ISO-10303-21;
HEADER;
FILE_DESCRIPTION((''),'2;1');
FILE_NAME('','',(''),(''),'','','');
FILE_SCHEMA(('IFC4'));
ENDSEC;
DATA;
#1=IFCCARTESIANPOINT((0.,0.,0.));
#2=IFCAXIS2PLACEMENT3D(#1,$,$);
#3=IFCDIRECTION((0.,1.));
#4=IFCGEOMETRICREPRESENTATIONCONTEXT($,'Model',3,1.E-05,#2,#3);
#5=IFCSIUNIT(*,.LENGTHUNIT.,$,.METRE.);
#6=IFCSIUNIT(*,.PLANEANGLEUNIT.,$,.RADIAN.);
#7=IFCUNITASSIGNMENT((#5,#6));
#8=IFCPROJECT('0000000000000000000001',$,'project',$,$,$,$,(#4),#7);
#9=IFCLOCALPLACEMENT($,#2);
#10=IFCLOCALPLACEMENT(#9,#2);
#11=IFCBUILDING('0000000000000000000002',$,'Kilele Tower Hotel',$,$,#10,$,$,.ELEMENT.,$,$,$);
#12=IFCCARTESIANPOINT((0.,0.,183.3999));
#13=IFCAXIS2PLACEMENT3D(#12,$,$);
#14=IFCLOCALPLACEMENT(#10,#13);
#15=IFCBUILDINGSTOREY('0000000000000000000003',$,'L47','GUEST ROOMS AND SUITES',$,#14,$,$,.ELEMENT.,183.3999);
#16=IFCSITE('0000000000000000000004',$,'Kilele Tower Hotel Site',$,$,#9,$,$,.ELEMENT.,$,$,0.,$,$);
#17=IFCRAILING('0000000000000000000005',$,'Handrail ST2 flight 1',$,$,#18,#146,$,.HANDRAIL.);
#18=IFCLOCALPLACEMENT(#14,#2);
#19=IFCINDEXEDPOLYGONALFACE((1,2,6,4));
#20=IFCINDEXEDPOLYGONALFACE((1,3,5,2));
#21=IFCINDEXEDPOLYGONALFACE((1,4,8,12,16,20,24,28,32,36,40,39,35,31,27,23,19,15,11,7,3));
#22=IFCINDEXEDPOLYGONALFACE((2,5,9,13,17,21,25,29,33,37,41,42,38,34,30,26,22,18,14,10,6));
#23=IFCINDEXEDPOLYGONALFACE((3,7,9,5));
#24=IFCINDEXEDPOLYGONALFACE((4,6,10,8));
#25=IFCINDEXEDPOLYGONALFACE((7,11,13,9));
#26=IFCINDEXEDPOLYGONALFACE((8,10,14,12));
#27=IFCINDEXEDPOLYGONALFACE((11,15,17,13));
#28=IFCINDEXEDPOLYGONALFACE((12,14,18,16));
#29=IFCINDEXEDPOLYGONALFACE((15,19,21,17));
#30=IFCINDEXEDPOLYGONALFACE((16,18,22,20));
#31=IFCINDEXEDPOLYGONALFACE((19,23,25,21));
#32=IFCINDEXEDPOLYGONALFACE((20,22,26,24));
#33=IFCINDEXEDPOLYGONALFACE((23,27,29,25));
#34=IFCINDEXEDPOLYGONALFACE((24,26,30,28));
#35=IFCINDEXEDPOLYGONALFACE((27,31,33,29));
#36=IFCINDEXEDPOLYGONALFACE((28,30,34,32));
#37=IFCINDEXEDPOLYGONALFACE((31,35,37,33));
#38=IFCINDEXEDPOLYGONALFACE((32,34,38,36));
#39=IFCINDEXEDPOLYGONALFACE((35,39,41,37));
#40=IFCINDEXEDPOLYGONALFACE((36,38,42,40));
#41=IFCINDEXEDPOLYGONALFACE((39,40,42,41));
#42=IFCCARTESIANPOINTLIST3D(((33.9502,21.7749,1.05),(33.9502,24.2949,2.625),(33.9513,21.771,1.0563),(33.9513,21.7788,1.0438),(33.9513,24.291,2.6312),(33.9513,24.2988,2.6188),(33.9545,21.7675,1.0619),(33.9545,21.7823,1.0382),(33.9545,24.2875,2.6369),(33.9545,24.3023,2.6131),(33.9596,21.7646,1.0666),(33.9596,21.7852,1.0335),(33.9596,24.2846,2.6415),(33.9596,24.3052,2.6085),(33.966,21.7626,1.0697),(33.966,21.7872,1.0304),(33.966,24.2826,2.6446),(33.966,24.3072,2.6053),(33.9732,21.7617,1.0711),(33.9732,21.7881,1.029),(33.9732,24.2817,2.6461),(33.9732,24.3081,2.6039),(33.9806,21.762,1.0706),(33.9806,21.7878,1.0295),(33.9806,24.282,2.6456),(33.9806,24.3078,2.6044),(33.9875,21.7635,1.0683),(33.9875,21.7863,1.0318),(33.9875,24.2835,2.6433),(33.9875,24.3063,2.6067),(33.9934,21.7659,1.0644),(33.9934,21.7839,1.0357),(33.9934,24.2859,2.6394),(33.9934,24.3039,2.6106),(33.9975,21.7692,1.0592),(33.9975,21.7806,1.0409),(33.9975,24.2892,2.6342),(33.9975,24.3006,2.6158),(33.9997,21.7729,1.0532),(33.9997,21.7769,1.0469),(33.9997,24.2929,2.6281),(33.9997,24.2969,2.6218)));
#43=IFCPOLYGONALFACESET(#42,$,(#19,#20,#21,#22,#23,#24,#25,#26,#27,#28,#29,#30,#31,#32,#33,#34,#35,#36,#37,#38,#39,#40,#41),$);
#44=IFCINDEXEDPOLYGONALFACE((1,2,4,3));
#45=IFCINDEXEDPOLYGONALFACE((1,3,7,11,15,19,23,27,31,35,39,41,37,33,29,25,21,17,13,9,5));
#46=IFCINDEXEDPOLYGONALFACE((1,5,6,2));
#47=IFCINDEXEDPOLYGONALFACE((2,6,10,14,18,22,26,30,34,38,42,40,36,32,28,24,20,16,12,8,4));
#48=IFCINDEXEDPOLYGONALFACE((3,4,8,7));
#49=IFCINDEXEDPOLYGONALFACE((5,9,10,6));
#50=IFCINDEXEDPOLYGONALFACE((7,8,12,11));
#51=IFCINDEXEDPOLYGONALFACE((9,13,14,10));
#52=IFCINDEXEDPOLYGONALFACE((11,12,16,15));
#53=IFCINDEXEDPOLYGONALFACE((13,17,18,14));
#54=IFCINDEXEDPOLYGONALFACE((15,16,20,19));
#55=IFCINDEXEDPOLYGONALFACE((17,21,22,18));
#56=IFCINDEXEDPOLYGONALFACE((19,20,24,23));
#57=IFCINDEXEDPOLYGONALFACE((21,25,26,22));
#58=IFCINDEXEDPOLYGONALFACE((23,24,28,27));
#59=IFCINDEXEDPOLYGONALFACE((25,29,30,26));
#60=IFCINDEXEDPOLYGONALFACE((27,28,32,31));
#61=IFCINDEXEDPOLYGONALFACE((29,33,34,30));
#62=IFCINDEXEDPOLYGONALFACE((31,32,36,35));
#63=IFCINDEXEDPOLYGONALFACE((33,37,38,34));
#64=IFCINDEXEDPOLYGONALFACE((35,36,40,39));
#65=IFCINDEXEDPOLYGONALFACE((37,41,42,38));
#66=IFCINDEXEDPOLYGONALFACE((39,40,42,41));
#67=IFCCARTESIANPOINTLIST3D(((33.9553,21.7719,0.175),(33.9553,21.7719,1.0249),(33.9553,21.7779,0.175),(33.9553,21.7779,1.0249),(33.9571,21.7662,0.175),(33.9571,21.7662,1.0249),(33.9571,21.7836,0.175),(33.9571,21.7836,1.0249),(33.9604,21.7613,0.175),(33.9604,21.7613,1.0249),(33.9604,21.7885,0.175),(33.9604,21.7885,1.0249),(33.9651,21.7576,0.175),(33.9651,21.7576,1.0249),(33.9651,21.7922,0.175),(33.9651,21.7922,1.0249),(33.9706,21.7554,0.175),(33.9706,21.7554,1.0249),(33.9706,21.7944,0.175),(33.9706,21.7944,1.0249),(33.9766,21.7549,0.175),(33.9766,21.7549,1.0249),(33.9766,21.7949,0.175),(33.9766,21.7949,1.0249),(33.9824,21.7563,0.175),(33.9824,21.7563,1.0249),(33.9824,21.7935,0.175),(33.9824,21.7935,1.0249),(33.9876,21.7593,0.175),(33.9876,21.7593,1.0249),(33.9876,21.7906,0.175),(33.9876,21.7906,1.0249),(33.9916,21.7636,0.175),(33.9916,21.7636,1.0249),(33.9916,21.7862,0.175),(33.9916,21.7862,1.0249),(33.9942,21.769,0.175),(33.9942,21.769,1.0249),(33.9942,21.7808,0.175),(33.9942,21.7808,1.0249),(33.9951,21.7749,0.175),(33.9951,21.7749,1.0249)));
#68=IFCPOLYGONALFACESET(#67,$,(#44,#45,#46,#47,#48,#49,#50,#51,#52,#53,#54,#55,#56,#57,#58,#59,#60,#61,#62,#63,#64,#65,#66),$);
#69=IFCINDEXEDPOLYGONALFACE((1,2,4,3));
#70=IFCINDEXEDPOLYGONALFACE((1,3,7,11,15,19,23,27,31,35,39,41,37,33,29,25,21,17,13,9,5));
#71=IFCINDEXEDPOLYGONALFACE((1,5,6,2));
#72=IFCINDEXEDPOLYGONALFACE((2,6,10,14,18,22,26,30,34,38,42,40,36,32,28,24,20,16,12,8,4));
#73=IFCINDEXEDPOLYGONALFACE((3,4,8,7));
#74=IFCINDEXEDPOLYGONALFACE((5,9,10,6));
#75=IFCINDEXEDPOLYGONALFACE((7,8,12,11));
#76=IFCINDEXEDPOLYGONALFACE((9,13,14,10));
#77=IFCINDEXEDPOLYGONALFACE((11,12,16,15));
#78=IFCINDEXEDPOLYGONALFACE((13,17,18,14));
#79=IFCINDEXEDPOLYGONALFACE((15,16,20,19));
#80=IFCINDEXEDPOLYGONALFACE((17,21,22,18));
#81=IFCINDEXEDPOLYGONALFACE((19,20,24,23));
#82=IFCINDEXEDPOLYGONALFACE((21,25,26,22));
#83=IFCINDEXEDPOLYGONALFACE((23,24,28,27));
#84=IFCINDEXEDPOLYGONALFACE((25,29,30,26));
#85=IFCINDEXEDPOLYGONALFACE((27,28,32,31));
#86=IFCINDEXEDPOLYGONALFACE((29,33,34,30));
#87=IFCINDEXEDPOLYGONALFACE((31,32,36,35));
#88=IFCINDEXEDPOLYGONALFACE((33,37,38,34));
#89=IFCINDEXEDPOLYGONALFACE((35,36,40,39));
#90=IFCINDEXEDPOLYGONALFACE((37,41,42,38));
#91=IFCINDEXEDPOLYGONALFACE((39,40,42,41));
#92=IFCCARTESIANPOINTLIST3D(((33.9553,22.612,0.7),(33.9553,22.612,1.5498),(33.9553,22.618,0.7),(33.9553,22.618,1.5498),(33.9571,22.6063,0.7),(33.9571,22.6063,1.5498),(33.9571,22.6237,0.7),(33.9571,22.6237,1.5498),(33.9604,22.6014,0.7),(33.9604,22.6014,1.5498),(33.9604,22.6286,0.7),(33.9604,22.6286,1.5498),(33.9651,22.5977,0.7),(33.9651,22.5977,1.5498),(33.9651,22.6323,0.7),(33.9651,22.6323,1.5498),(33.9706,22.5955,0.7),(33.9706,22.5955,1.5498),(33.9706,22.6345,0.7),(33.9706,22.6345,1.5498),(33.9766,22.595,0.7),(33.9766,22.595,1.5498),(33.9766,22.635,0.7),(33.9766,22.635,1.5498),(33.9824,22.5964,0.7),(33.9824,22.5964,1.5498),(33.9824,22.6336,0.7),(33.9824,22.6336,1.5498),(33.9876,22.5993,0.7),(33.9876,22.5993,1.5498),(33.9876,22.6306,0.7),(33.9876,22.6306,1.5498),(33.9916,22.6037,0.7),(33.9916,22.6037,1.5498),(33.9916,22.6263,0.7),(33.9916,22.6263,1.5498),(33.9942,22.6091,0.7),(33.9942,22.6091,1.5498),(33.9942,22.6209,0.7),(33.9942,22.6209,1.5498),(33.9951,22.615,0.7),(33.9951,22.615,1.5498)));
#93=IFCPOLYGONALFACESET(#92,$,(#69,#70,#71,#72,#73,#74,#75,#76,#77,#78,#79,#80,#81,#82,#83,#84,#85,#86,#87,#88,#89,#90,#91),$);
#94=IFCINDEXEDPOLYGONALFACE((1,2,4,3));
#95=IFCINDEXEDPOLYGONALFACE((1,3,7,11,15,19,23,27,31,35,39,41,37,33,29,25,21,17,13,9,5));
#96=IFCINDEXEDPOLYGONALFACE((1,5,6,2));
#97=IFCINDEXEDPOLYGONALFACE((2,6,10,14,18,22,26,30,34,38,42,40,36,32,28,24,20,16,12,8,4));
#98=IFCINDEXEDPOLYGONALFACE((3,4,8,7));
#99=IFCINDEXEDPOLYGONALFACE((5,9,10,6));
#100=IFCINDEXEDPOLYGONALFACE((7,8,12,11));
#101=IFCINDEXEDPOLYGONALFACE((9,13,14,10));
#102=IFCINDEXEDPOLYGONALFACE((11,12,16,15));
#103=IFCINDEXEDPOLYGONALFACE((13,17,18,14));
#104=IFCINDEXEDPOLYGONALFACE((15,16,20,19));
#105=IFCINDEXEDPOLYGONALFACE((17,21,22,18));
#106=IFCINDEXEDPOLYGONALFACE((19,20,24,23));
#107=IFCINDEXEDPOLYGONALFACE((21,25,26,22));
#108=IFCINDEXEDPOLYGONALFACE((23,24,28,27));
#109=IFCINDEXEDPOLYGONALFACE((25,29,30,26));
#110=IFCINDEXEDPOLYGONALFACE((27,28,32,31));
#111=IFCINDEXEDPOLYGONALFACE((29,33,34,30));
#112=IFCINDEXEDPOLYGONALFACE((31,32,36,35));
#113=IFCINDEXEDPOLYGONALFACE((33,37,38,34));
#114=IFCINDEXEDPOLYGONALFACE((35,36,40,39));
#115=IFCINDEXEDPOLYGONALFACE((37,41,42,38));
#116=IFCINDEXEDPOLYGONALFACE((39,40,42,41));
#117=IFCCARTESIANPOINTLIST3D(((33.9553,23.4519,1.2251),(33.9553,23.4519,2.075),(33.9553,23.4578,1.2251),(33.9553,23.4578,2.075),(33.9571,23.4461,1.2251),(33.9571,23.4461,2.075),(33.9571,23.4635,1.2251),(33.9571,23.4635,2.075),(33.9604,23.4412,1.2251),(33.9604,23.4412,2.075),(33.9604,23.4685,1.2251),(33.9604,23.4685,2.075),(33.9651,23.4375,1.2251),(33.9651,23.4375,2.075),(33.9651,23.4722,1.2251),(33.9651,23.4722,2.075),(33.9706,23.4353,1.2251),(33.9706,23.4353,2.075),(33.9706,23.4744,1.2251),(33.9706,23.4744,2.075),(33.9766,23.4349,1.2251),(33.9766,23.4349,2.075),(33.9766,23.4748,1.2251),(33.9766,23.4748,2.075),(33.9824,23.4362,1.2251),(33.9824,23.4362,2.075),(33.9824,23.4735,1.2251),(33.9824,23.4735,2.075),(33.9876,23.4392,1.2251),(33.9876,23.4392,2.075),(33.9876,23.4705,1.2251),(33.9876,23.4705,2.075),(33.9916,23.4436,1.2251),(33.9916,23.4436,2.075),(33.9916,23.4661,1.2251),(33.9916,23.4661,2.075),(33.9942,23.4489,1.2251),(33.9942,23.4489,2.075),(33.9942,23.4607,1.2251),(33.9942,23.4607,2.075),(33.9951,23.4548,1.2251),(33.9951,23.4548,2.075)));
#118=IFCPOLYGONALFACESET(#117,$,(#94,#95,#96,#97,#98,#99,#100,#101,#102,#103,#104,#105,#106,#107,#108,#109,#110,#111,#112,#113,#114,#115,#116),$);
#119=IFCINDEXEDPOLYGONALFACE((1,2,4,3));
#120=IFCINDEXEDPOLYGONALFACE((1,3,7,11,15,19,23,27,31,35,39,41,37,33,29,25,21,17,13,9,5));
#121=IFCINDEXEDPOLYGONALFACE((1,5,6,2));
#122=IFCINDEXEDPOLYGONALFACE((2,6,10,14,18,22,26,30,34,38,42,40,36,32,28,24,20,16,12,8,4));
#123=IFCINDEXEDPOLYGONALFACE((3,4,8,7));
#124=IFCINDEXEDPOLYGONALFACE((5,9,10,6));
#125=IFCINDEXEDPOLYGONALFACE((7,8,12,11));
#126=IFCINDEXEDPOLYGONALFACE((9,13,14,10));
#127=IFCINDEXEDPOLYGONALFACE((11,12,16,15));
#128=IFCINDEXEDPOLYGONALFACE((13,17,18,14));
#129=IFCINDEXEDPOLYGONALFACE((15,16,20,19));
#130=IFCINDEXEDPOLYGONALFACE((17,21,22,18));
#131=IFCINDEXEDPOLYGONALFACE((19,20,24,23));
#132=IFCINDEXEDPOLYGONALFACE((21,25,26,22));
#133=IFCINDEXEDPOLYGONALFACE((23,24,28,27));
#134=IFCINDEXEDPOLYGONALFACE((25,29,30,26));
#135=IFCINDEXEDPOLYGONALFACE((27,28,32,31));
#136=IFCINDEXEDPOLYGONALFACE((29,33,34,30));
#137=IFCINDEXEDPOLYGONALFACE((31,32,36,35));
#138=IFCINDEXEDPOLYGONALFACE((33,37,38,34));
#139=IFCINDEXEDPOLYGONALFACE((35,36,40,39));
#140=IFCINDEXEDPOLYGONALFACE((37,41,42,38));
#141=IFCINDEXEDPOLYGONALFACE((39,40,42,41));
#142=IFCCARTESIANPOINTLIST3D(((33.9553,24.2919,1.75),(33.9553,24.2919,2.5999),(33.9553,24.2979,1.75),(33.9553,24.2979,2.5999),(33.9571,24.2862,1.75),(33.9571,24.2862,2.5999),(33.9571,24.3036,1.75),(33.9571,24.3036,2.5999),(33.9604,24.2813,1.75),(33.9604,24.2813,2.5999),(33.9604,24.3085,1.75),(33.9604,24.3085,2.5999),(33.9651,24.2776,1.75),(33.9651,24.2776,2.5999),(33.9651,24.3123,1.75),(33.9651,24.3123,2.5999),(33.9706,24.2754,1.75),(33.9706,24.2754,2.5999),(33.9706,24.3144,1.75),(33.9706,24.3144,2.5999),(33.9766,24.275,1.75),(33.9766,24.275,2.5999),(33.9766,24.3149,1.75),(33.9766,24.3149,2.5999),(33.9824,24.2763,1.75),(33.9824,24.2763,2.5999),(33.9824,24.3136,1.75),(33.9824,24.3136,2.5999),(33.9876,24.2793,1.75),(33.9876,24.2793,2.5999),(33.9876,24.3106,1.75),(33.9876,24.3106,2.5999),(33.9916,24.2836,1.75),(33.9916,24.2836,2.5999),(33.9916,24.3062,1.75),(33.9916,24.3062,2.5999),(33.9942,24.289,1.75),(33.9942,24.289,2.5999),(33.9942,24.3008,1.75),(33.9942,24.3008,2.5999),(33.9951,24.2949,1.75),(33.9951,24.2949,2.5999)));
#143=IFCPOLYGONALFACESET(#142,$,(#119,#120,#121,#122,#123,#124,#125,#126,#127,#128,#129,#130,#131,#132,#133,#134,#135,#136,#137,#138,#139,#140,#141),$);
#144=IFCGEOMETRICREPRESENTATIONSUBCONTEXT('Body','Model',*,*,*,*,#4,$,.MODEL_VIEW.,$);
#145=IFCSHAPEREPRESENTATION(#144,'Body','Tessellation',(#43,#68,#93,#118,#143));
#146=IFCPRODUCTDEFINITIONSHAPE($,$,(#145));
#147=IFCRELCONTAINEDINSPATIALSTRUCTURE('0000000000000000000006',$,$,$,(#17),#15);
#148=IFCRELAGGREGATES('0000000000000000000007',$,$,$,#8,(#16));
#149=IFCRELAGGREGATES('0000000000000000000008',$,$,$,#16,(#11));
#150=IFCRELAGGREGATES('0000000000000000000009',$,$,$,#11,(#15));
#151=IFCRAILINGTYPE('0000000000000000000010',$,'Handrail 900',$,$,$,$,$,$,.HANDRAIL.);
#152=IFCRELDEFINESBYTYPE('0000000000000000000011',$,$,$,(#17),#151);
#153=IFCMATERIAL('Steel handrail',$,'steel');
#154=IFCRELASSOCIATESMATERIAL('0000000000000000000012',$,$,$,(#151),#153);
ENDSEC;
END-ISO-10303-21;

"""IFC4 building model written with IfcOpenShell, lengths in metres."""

from ifc_helpers import new_model, si_unit, direction, frame, origin, origin_2d, place, context, subcontext, project, spatial, circle, extrude, material, type_object, element, save


model = new_model("IFC4")

# Units and contexts
model_context = context("Model", 3, precision=1e-05, world=origin(), true_north=direction((0.0, 1.0)))
body_context = subcontext(model_context, "Body", "Model", "MODEL_VIEW")
ifc_project = project(units=[si_unit("LENGTHUNIT", "METRE"), si_unit("PLANEANGLEUNIT", "RADIAN")], contexts=[model_context])

# Site, building, storey
site_placement = place(None, origin())
site = spatial("IfcSite", under=ifc_project, at=site_placement, Name="Kilele Tower Hotel Site", CompositionType="ELEMENT", RefElevation=0.0)
building_placement = place(site_placement, origin())
building = spatial("IfcBuilding", under=site, at=building_placement, Name="Kilele Tower Hotel", CompositionType="ELEMENT")
storey_placement = place(building_placement, frame((0.0, 0.0, 183.3999)))
storey = spatial("IfcBuildingStorey", under=building, at=storey_placement, Name="L47", Description="GUEST ROOMS AND SUITES", CompositionType="ELEMENT", Elevation=183.3999)

# Railing
ifc_material_1 = material(Name="Steel handrail", Category="steel")
railing_type_1 = type_object("IfcRailingType", Name="Handrail 900", PredefinedType="HANDRAIL", material=ifc_material_1)
for number, where, name in (
    (1, (33.9751, 21.7749, 0.175), "Handrail ST2 flight 1"),
):
    element("IfcRailing", number, at=place(storey_placement, frame(where)), inside=storey, type_object=railing_type_1, Name=name, PredefinedType="HANDRAIL", context=body_context, shape_type="SweptSolid", body=[
        extrude(circle(Radius=0.0249, at=origin_2d()), frame((0.0, 0.0, 0.875), z_axis=(0.0, 0.848008, 0.529984), x_axis=(-1.0, 0.0, 0.0)), (0.0, 0.0, 1.0), 2.9717),
        extrude(circle(Radius=0.02, at=origin_2d()), origin(), (0.0, 0.0, 1.0), 0.8499),
        extrude(circle(Radius=0.02, at=origin_2d()), frame((0.0, 0.8401, 0.5249)), (0.0, 0.0, 1.0), 0.8499),
        extrude(circle(Radius=0.02, at=origin_2d()), frame((0.0, 1.6799, 1.05)), (0.0, 0.0, 1.0), 0.8499),
        extrude(circle(Radius=0.02, at=origin_2d()), frame((0.0, 2.52, 1.575)), (0.0, 0.0, 1.0), 0.8499),
    ])

save(model, "model.ifc")
